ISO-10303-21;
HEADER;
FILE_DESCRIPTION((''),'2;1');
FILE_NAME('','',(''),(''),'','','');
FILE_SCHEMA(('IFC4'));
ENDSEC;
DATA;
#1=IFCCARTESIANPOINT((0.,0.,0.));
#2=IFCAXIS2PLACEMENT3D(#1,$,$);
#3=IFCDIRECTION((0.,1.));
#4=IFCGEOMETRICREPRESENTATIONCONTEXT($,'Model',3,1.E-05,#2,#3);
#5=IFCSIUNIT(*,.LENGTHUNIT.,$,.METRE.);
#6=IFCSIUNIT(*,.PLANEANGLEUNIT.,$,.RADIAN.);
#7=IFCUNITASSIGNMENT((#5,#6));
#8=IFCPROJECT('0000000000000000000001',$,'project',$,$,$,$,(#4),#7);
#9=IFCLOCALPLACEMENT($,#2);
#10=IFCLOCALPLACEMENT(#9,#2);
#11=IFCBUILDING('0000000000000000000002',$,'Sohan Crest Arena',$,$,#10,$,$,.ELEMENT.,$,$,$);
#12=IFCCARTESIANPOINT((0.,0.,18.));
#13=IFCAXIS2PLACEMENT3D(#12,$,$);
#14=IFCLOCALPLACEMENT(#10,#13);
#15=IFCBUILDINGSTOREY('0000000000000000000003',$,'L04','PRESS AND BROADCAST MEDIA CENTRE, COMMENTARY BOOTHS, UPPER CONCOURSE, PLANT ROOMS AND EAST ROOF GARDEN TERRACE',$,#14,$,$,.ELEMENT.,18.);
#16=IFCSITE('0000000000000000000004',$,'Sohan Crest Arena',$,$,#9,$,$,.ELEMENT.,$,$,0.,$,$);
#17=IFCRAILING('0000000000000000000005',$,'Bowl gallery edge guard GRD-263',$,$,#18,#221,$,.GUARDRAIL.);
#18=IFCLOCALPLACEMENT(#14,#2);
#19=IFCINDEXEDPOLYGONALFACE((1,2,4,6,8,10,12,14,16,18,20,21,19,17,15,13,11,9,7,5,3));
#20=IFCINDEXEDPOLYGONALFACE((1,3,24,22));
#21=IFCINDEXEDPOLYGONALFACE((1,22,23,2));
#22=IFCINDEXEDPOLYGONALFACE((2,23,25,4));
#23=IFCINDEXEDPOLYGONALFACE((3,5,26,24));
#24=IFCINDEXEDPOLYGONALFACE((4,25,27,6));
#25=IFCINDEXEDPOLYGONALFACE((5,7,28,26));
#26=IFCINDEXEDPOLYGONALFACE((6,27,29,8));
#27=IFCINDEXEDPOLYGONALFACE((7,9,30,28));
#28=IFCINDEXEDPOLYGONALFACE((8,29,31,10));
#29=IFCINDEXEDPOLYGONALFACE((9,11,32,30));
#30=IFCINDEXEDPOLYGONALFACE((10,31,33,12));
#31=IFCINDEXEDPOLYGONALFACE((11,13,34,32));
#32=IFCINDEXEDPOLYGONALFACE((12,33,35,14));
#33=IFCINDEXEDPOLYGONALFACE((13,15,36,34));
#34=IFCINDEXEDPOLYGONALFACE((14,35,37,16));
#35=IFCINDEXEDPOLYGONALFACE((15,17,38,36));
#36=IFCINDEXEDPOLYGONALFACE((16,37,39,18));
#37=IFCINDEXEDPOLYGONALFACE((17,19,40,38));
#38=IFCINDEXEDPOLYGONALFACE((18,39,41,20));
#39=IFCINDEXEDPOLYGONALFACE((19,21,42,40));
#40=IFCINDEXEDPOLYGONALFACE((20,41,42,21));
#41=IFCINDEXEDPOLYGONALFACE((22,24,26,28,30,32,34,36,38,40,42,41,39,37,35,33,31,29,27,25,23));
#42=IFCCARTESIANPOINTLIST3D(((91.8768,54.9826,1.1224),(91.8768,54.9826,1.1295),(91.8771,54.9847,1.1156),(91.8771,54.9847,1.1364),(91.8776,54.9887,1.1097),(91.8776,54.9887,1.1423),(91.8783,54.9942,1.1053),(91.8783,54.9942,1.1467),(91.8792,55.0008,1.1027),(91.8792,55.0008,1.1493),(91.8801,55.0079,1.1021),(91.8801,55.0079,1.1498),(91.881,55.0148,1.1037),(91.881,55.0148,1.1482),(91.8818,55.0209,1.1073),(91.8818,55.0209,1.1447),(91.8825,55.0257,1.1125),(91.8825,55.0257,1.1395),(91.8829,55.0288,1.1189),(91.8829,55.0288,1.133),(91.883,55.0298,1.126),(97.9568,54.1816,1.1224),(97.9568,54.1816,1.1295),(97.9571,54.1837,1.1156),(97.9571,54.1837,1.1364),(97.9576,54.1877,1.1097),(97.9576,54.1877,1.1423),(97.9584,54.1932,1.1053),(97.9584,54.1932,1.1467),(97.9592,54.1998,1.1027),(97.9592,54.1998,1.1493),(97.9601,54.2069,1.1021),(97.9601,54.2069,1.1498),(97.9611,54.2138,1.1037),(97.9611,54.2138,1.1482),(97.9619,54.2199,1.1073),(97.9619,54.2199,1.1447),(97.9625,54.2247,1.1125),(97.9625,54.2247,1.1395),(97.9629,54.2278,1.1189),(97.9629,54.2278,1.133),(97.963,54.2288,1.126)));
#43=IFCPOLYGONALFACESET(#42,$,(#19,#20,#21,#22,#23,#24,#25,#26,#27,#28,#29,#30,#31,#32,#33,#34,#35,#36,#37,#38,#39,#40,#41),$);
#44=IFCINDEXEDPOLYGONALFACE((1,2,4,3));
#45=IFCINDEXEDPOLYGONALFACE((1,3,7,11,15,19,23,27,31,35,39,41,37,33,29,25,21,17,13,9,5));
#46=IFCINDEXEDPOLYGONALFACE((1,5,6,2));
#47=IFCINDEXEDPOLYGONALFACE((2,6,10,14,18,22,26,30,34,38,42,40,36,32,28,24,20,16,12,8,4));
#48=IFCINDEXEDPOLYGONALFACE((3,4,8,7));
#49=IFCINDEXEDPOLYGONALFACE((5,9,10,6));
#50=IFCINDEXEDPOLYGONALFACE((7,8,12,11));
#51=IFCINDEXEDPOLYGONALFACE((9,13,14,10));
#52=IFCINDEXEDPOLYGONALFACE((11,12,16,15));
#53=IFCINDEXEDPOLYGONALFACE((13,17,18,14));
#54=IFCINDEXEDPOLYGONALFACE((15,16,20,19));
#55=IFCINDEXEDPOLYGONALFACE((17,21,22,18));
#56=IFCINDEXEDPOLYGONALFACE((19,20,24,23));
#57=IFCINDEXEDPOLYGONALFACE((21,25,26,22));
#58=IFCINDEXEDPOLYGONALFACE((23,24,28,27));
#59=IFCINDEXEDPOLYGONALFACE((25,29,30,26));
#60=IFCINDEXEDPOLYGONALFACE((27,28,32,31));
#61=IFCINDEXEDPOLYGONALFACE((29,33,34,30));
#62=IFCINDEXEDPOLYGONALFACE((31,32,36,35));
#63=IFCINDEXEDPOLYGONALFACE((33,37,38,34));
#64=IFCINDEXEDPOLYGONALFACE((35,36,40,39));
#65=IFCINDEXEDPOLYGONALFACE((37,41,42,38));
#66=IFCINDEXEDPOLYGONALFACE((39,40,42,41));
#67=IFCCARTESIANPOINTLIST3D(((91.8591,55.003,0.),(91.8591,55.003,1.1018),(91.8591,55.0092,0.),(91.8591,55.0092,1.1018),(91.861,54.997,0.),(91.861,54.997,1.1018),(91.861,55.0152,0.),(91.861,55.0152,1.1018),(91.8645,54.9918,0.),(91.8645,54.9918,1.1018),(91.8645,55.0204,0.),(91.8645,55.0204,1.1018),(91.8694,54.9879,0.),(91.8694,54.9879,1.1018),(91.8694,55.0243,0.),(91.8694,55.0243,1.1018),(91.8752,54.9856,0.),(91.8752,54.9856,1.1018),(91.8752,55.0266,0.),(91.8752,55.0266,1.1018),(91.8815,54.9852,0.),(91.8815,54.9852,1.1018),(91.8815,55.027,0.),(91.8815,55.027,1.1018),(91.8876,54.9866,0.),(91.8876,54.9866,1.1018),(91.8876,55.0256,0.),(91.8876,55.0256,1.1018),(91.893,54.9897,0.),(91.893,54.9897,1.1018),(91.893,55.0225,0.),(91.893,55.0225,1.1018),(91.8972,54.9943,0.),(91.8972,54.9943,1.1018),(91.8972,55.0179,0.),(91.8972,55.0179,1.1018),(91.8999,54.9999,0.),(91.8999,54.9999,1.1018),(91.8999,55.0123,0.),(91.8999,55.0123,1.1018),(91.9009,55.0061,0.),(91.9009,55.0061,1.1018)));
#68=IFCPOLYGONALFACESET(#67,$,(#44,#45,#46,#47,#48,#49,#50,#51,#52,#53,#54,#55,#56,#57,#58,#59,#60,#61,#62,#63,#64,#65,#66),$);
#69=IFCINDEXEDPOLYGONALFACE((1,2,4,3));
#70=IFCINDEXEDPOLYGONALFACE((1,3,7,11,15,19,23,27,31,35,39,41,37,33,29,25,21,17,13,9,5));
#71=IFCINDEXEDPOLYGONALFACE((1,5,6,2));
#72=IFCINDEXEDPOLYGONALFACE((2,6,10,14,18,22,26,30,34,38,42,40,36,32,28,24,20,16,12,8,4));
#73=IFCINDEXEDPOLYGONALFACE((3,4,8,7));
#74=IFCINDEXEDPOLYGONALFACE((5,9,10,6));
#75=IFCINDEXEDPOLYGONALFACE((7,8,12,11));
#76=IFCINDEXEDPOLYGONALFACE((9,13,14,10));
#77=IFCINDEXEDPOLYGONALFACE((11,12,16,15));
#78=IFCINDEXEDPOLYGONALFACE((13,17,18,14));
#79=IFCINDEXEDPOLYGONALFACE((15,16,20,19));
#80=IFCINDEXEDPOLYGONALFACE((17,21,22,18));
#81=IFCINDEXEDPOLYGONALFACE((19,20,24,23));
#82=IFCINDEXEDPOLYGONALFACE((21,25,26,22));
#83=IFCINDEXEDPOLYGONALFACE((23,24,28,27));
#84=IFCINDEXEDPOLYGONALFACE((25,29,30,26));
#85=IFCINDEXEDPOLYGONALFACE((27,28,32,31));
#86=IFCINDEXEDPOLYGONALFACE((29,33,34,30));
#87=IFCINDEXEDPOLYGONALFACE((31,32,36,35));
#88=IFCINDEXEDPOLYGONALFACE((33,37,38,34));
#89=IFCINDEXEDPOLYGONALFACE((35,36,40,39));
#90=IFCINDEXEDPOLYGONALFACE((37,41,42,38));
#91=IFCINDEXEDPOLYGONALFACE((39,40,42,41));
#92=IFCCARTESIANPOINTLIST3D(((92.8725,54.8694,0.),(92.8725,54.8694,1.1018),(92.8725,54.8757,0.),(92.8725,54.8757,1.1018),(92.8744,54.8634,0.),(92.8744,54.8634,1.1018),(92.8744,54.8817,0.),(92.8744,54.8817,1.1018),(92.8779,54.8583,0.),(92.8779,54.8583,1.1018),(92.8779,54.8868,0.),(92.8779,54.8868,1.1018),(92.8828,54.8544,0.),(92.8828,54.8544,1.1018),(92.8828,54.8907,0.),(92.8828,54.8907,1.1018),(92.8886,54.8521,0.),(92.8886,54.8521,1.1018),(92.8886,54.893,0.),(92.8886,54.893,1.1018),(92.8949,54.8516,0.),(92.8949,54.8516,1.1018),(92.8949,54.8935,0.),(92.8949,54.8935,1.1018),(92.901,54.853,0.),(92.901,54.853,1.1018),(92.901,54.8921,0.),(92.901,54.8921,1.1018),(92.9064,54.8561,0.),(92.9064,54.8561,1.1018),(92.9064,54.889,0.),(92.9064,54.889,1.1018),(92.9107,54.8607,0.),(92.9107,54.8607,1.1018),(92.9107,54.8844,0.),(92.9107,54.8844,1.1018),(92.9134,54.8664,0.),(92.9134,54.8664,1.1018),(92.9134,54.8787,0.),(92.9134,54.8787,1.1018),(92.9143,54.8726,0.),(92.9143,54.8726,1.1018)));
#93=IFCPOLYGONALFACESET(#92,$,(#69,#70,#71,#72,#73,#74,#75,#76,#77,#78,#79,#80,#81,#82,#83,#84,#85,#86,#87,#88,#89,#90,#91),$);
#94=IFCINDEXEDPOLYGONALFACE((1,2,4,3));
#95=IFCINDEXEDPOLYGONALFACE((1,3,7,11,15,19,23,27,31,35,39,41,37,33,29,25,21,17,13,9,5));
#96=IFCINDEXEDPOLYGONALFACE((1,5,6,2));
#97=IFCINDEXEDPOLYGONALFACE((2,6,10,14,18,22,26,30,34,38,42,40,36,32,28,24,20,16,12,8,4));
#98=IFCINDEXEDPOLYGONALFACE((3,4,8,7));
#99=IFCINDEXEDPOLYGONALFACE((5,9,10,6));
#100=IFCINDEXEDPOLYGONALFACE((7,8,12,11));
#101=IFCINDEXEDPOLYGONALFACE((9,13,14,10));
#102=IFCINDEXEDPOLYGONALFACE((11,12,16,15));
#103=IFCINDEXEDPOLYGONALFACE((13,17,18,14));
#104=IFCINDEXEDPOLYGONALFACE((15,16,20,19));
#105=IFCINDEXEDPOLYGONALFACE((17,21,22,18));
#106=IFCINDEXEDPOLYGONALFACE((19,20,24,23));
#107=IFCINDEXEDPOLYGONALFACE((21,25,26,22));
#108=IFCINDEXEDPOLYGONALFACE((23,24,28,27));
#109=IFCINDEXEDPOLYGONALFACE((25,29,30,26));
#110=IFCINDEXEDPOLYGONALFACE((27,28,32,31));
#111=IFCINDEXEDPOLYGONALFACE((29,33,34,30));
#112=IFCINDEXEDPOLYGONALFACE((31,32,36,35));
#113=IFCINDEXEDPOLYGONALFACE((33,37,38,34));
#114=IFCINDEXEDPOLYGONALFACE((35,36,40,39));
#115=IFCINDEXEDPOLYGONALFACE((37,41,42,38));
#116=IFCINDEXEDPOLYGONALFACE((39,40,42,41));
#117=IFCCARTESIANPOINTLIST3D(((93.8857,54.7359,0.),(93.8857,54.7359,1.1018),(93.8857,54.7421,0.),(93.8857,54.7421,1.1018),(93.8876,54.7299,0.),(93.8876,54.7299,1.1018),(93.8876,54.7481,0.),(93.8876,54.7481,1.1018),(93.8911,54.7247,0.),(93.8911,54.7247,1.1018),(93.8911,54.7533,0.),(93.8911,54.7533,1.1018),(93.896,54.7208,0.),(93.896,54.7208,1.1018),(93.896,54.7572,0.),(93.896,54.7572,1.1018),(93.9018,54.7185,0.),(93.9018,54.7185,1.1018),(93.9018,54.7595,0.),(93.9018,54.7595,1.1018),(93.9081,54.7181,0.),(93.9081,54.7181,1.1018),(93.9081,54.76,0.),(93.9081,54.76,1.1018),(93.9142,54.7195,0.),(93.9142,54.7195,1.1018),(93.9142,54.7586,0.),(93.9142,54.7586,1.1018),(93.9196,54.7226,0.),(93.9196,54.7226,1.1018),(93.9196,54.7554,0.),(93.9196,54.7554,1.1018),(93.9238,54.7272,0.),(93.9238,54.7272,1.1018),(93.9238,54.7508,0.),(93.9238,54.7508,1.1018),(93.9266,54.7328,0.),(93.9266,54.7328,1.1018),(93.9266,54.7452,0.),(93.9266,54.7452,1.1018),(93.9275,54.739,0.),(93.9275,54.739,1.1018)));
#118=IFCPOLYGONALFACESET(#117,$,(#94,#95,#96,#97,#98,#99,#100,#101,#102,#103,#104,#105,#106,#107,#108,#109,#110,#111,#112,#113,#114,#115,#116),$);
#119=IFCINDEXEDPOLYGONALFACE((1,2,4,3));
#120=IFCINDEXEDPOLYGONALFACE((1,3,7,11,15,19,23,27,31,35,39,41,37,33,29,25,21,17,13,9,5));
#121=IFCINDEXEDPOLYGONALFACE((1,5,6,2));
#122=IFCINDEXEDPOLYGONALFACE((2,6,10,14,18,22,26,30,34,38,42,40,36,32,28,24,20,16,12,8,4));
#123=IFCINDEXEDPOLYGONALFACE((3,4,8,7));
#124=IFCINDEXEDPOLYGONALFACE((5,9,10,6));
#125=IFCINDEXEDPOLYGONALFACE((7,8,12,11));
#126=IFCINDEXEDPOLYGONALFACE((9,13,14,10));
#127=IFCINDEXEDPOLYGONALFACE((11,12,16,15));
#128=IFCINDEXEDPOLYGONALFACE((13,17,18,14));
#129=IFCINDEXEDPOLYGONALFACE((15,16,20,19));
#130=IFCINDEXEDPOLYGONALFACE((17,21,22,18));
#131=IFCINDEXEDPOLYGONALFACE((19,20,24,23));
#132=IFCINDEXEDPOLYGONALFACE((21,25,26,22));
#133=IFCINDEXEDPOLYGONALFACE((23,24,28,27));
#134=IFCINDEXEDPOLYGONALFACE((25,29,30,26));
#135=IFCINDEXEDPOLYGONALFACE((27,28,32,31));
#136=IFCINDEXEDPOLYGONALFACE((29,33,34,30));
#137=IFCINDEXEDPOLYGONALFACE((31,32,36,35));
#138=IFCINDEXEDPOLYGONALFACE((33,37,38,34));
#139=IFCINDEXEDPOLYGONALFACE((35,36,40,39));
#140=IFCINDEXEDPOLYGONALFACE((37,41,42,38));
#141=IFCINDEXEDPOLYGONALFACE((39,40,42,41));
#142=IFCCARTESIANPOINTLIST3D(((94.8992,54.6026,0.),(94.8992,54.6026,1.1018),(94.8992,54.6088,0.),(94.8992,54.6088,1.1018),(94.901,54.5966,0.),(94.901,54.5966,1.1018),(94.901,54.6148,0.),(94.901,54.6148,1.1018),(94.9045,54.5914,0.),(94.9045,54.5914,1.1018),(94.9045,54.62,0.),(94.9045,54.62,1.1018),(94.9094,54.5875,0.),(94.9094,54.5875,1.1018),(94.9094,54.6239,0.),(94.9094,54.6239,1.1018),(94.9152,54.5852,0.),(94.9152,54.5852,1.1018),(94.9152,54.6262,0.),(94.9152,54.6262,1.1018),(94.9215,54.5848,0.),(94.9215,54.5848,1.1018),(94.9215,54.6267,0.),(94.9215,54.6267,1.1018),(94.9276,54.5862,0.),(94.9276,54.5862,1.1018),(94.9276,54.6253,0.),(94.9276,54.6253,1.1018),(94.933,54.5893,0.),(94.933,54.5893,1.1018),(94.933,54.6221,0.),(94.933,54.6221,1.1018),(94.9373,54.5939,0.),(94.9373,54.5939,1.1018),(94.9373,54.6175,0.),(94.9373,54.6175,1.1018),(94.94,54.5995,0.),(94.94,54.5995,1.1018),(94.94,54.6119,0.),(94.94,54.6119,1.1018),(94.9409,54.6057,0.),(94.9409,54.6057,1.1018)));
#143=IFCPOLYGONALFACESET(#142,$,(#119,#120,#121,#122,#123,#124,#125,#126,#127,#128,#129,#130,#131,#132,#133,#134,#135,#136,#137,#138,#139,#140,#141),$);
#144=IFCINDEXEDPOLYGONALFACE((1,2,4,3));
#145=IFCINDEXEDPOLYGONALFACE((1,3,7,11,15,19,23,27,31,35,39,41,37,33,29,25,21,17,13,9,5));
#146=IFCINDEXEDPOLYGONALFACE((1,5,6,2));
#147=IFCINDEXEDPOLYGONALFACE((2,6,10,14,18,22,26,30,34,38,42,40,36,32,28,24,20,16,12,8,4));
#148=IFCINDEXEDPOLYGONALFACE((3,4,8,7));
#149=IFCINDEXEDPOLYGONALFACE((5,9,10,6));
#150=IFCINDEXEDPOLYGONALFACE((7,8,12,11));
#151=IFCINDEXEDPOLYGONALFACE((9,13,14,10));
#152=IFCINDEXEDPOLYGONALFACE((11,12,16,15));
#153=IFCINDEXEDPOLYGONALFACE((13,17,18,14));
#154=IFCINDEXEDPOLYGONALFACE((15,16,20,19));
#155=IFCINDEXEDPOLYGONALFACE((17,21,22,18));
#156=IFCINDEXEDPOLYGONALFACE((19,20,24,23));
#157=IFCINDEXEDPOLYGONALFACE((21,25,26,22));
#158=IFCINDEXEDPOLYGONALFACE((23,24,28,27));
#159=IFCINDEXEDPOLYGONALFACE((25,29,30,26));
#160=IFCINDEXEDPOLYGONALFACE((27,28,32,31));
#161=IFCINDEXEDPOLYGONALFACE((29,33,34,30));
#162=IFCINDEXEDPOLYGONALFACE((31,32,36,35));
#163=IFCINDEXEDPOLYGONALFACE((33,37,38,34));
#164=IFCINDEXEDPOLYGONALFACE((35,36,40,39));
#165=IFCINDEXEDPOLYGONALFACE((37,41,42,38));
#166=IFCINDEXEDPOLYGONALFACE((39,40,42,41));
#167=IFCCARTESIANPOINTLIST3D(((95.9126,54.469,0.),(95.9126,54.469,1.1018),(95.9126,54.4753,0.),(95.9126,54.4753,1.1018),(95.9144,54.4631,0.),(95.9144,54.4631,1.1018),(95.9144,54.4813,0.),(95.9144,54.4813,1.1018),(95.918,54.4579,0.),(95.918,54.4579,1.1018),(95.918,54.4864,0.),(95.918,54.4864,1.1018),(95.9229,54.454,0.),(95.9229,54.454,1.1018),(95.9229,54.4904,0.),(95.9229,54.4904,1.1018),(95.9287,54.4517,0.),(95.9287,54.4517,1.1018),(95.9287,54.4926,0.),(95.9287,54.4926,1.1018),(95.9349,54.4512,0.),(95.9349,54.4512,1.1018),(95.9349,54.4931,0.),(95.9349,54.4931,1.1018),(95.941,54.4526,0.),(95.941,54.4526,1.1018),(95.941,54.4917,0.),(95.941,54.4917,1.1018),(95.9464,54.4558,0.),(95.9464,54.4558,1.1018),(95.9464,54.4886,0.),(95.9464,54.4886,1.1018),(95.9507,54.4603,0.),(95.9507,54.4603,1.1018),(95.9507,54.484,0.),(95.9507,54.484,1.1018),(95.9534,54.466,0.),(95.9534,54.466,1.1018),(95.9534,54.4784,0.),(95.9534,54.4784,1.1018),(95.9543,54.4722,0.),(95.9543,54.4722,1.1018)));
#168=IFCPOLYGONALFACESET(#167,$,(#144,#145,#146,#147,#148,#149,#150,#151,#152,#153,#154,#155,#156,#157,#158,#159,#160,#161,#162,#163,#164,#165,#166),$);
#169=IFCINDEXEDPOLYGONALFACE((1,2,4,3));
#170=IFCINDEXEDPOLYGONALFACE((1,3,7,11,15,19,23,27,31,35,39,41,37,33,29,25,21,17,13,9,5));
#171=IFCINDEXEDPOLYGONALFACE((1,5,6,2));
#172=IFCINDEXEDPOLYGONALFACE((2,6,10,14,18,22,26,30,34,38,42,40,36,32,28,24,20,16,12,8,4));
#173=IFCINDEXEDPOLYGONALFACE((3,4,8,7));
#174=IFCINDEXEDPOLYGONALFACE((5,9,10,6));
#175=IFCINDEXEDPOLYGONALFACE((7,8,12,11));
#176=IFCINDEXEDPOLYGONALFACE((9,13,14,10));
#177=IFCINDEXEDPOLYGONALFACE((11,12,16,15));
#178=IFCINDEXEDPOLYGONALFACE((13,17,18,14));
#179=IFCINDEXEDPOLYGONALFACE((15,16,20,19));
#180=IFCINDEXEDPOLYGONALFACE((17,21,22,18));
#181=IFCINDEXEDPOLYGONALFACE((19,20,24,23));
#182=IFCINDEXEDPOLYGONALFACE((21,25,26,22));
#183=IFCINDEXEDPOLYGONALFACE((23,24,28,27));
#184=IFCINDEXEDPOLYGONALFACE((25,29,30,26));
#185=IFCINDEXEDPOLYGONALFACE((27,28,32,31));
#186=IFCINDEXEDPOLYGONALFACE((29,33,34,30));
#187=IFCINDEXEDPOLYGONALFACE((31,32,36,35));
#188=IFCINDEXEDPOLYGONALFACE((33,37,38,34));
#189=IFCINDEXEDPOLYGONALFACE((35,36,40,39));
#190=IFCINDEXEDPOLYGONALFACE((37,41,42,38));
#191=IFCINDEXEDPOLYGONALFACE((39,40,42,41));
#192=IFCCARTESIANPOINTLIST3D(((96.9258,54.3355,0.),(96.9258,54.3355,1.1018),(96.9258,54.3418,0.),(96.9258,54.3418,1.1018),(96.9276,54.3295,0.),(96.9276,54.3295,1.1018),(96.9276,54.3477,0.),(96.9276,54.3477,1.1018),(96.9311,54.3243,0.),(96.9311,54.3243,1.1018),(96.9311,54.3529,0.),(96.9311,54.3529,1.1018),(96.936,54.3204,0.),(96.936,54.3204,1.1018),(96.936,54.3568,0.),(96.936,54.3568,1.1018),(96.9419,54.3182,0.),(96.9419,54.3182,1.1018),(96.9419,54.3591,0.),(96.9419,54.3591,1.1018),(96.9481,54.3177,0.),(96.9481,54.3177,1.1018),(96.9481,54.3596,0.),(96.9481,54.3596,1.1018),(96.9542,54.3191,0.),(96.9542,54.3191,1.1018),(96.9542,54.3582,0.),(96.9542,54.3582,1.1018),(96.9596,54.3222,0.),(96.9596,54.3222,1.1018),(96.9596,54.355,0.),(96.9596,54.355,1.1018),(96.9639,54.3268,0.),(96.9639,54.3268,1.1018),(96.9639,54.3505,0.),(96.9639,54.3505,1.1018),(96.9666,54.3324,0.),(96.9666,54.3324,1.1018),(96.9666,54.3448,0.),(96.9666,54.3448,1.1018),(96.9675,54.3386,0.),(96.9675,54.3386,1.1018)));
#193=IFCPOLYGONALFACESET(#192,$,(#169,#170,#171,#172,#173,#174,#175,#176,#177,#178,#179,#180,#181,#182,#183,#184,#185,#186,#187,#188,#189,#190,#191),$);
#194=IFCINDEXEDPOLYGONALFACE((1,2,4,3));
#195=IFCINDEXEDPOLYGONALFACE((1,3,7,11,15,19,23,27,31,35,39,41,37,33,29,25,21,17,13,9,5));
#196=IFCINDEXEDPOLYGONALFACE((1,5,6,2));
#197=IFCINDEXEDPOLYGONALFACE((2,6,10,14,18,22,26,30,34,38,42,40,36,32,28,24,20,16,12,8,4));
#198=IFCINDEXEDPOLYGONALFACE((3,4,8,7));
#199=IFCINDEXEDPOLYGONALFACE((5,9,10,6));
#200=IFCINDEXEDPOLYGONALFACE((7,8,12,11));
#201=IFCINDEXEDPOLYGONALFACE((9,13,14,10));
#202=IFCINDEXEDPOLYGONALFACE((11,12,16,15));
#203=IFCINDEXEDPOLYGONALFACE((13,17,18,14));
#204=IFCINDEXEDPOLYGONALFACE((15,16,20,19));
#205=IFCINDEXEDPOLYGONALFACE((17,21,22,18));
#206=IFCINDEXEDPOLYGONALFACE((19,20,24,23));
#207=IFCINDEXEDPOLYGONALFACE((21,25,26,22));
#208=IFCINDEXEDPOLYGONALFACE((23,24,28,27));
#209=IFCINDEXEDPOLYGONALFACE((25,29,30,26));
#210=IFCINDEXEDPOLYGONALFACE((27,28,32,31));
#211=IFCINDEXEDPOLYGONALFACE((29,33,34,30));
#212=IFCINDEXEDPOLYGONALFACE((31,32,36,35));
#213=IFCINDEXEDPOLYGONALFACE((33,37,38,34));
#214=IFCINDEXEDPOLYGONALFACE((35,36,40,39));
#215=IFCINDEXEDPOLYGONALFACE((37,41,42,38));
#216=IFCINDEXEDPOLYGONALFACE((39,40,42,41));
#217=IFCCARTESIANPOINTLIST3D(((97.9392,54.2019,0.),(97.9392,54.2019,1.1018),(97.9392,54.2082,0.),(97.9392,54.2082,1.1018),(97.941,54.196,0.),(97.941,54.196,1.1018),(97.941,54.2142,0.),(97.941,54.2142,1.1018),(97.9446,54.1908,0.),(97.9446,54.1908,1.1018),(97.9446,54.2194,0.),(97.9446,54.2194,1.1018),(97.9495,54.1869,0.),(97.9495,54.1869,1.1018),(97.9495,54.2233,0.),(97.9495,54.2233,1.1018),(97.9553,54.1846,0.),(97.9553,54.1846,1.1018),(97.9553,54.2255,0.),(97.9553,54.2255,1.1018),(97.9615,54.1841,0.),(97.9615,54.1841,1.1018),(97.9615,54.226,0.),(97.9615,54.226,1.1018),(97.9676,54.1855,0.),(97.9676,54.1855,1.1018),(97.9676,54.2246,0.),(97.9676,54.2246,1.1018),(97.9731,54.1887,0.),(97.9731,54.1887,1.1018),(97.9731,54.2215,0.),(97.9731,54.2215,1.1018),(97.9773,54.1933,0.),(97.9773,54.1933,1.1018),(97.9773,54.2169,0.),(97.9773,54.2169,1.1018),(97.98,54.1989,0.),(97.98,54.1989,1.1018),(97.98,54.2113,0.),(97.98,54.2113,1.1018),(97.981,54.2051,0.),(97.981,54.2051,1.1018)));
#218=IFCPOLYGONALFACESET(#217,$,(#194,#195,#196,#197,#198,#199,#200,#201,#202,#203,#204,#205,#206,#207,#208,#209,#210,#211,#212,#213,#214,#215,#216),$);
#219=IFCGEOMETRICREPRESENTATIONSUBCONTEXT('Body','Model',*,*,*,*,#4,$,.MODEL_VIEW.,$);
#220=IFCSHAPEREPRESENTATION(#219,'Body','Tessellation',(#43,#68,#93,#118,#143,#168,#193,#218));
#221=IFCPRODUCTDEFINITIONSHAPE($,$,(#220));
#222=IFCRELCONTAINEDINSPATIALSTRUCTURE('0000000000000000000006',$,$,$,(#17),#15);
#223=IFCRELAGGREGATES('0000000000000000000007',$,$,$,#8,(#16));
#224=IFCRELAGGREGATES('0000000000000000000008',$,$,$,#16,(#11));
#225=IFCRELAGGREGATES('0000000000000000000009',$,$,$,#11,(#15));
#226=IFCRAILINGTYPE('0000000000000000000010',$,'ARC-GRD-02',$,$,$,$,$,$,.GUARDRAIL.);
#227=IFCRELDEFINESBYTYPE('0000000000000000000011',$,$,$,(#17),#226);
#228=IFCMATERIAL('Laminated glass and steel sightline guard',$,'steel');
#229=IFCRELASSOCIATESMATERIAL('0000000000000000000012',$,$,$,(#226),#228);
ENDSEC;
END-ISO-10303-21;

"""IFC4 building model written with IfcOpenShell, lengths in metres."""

from ifc_helpers import new_model, si_unit, direction, frame, origin, origin_2d, place, context, subcontext, project, spatial, circle, extrude, material, type_object, element, save


model = new_model("IFC4")

# Units and contexts
model_context = context("Model", 3, precision=1e-05, world=origin(), true_north=direction((0.0, 1.0)))
body_context = subcontext(model_context, "Body", "Model", "MODEL_VIEW")
ifc_project = project(units=[si_unit("LENGTHUNIT", "METRE"), si_unit("PLANEANGLEUNIT", "RADIAN")], contexts=[model_context])

# Site, building, storey
site_placement = place(None, origin())
site = spatial("IfcSite", under=ifc_project, at=site_placement, Name="Sohan Crest Arena", CompositionType="ELEMENT", RefElevation=0.0)
building_placement = place(site_placement, origin())
building = spatial("IfcBuilding", under=site, at=building_placement, Name="Sohan Crest Arena", CompositionType="ELEMENT")
storey_placement = place(building_placement, frame((0.0, 0.0, 18.0)))
storey = spatial("IfcBuildingStorey", under=building, at=storey_placement, Name="L04", Description="PRESS AND BROADCAST MEDIA CENTRE, COMMENTARY BOOTHS, UPPER CONCOURSE, PLANT ROOMS AND EAST ROOF GARDEN TERRACE", CompositionType="ELEMENT", Elevation=18.0)

# Railing
ifc_material_1 = material(Name="Laminated glass and steel sightline guard", Category="steel")
railing_type_1 = type_object("IfcRailingType", Name="ARC-GRD-02", PredefinedType="GUARDRAIL", material=ifc_material_1)
railing_1_placement = place(storey_placement, frame((91.8799, 55.0061, 0.0)))
element("IfcRailing", 1, at=railing_1_placement, inside=storey, type_object=railing_type_1, Name="Bowl gallery edge guard GRD-263", PredefinedType="GUARDRAIL", context=body_context, shape_type="SweptSolid", body=[
    extrude(circle(Radius=0.0239, at=origin_2d()), frame((0.0, 0.0, 1.126), z_axis=(0.991433, -0.130617, 0.0), x_axis=(0.130617, 0.991433, 0.0)), (0.0, 0.0, 1.0), 6.1326),
    extrude(circle(Radius=0.021, at=origin_2d()), origin(), (0.0, 0.0, 1.0), 1.1018),
    extrude(circle(Radius=0.021, at=origin_2d()), frame((1.0134, -0.1335, 0.0)), (0.0, 0.0, 1.0), 1.1018),
    extrude(circle(Radius=0.021, at=origin_2d()), frame((2.0266, -0.2671, 0.0)), (0.0, 0.0, 1.0), 1.1018),
    extrude(circle(Radius=0.021, at=origin_2d()), frame((3.04, -0.4004, 0.0)), (0.0, 0.0, 1.0), 1.1018),
    extrude(circle(Radius=0.021, at=origin_2d()), frame((4.0535, -0.5339, 0.0)), (0.0, 0.0, 1.0), 1.1018),
    extrude(circle(Radius=0.021, at=origin_2d()), frame((5.0667, -0.6675, 0.0)), (0.0, 0.0, 1.0), 1.1018),
    extrude(circle(Radius=0.021, at=origin_2d()), frame((6.0801, -0.801, 0.0)), (0.0, 0.0, 1.0), 1.1018),
])

save(model, "model.ifc")
